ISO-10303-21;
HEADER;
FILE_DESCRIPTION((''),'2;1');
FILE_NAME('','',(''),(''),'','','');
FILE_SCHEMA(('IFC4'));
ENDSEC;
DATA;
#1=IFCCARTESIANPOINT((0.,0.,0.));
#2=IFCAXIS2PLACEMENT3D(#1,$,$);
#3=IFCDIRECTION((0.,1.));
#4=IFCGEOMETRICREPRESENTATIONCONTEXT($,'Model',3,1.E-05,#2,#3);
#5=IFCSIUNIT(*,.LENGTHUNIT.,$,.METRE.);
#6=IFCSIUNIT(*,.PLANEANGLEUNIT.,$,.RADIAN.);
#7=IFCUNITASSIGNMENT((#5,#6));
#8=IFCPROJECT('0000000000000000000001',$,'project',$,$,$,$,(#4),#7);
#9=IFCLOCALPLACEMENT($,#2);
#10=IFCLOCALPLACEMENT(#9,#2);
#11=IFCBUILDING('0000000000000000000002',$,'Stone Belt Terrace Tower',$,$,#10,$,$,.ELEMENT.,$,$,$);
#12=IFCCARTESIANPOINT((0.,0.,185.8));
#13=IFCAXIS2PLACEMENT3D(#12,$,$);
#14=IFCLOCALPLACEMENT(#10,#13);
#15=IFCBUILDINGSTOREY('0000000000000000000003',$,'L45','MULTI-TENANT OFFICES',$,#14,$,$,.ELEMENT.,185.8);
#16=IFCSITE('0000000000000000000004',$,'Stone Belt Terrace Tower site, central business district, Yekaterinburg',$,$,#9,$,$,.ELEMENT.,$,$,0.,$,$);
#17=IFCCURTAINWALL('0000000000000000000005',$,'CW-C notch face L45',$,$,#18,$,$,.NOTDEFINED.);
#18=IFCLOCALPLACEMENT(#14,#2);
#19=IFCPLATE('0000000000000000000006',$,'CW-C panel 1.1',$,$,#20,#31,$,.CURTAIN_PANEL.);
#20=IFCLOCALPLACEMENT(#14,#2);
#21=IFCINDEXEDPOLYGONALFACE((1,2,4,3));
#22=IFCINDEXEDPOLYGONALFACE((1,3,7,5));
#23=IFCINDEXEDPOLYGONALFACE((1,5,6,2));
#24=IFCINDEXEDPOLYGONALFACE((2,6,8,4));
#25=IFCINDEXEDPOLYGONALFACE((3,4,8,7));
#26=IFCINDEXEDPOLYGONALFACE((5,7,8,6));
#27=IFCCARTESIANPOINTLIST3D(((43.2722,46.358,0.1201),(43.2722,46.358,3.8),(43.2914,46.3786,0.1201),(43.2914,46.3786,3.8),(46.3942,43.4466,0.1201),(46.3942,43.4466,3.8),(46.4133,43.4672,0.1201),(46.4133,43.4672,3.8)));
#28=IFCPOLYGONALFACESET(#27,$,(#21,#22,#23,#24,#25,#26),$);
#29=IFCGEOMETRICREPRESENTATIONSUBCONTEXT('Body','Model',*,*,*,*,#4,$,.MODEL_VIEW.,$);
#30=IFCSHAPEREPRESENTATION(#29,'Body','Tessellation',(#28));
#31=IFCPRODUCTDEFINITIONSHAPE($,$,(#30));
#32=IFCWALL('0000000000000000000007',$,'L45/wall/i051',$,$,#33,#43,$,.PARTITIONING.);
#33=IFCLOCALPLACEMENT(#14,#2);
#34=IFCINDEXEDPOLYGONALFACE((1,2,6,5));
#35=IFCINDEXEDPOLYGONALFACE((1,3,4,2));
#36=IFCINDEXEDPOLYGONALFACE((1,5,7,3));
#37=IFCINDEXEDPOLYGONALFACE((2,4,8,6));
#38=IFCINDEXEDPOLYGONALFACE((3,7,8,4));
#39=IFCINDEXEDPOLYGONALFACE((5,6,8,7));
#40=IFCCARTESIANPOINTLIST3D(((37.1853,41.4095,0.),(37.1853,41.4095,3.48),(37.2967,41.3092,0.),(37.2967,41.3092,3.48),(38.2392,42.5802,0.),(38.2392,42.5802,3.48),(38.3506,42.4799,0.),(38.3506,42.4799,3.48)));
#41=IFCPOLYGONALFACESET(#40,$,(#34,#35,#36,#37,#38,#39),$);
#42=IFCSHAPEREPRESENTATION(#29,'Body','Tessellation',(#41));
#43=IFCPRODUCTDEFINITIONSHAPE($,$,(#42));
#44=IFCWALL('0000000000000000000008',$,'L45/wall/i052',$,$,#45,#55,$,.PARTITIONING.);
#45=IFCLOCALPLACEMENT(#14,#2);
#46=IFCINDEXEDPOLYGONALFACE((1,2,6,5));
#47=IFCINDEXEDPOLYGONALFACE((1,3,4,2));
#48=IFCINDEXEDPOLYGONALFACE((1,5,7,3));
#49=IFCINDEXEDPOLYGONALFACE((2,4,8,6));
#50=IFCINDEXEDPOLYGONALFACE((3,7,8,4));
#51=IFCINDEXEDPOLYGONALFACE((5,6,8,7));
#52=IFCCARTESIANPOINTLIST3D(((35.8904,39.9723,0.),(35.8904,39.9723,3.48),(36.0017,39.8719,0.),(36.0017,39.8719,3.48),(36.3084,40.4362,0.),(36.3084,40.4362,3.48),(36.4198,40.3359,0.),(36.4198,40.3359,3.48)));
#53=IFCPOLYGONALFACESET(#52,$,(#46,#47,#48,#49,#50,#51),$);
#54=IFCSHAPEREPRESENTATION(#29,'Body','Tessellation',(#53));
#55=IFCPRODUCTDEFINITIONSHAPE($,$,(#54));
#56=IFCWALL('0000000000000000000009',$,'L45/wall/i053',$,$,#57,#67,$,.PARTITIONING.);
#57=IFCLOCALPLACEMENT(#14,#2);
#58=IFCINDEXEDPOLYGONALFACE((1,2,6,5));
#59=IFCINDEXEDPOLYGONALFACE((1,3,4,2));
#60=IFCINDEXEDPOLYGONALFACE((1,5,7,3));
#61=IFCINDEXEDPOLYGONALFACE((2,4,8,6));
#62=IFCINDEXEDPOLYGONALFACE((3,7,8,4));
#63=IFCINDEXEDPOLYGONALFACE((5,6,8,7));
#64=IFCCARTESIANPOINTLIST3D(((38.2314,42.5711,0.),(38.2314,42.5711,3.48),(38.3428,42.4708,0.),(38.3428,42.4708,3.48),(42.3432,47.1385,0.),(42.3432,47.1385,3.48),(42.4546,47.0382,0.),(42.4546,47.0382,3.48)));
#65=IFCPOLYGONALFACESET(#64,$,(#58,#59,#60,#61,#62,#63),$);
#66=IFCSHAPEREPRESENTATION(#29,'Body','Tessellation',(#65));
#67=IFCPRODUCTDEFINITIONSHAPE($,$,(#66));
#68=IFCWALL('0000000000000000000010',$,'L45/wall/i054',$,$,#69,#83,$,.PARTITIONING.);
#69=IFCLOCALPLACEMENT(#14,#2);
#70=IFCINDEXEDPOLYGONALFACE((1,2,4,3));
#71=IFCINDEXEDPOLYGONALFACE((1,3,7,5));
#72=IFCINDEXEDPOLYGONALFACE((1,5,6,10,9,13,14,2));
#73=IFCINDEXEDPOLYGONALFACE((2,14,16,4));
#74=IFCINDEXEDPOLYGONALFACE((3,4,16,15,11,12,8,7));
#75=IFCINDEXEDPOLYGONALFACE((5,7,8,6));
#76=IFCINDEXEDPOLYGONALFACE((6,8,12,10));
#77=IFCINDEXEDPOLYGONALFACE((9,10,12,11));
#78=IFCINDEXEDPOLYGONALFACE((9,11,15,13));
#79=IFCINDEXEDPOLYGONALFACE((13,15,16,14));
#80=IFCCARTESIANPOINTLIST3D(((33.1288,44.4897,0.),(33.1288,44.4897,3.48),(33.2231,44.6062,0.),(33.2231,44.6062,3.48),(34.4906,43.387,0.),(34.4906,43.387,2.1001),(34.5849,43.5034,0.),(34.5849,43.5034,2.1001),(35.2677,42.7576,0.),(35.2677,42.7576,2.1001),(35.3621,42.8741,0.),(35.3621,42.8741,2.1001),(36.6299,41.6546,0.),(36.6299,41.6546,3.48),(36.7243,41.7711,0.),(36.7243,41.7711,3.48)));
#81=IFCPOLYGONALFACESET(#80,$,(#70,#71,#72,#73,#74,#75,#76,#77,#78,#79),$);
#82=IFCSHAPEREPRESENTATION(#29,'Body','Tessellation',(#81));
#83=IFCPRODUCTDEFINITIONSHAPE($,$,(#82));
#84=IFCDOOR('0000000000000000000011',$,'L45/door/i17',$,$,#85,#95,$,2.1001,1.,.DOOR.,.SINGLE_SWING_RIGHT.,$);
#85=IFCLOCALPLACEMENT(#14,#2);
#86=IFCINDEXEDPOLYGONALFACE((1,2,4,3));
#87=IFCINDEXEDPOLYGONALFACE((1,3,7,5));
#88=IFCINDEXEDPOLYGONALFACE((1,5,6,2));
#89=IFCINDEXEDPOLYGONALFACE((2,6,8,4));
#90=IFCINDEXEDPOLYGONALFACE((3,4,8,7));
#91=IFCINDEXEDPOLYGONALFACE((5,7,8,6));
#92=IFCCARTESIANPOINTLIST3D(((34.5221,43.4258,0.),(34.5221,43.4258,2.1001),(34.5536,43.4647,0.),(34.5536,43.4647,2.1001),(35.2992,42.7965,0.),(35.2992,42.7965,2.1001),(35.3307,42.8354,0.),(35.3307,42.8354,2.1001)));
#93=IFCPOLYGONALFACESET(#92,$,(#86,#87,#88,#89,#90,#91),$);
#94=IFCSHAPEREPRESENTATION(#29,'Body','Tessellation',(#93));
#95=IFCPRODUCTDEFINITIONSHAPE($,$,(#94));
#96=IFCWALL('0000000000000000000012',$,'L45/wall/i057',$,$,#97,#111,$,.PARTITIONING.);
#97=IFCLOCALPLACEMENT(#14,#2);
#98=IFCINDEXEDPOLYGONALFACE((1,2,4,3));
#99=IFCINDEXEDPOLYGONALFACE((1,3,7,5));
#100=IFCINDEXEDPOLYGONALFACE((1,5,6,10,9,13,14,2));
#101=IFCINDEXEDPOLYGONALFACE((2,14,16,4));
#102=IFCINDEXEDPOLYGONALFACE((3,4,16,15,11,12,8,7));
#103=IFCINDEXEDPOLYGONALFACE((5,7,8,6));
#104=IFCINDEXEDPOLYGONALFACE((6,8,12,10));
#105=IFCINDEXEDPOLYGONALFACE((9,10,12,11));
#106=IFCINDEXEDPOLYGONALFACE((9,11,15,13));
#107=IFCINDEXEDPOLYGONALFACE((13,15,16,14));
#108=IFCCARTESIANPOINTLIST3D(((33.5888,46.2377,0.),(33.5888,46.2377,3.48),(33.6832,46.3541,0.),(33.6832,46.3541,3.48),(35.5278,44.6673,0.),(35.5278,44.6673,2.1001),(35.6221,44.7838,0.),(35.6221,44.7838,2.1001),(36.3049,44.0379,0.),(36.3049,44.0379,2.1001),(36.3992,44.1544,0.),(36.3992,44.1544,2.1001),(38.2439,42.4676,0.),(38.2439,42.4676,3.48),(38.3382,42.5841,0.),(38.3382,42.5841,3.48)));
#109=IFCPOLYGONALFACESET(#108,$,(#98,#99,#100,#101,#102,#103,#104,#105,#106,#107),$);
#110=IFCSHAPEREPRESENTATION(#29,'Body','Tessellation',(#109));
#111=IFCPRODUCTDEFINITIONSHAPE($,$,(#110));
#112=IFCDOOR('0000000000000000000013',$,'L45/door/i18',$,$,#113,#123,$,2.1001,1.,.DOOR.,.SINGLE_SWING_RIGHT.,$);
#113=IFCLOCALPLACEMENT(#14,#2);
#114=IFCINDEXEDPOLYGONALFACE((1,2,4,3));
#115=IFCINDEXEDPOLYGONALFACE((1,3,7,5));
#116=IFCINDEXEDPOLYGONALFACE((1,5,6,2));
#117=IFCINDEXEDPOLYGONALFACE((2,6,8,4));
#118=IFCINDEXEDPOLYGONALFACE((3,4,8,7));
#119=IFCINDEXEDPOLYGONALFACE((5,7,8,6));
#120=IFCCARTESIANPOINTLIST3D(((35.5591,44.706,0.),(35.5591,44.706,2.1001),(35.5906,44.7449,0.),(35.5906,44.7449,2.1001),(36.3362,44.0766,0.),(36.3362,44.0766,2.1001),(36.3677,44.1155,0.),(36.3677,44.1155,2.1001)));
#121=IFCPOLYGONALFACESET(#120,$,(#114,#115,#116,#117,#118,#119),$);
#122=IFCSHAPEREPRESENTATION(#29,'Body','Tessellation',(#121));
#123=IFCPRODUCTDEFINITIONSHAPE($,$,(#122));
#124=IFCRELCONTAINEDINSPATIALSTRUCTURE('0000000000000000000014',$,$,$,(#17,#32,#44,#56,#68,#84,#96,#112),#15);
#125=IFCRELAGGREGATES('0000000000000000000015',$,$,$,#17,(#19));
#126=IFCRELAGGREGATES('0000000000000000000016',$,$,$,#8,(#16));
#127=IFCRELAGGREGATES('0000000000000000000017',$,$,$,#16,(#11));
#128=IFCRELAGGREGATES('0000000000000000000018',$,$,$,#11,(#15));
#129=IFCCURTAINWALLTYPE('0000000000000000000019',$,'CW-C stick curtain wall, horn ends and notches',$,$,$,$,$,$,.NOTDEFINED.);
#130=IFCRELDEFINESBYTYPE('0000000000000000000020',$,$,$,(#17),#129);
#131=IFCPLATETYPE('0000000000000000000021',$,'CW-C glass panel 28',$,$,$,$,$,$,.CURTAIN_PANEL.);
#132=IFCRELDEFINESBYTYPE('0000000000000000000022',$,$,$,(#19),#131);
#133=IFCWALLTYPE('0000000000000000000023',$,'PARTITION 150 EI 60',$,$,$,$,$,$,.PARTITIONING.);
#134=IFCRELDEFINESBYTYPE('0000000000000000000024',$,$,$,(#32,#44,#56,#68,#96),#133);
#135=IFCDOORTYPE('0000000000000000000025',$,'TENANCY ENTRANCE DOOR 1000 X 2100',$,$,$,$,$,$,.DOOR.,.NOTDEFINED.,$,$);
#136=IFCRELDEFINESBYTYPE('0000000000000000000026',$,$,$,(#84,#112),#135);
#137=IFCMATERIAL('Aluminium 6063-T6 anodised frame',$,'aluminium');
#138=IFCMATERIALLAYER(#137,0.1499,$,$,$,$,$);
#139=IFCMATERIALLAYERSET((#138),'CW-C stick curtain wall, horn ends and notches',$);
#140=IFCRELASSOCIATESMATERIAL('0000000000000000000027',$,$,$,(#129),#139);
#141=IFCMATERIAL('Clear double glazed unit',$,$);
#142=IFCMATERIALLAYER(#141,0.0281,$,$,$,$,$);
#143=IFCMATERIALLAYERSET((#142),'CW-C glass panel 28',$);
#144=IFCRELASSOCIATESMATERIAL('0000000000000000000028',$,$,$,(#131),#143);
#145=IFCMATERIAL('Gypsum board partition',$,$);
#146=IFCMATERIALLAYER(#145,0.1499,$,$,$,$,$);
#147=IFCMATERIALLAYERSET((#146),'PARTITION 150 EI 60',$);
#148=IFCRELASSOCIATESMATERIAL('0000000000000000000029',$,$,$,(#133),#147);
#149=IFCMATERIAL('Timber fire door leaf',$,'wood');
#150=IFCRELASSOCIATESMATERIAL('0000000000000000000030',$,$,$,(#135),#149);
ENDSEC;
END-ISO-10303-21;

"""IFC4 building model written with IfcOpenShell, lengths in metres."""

from ifc_helpers import new_model, si_unit, direction, frame, frame_2d, origin, origin_2d, place, context, subcontext, project, spatial, rectangle, extrude, material, layer, layer_set, type_object, element, fill, aggregate, save


model = new_model("IFC4")

# Units and contexts
model_context = context("Model", 3, precision=1e-05, world=origin(), true_north=direction((0.0, 1.0)))
body_context = subcontext(model_context, "Body", "Model", "MODEL_VIEW")
ifc_project = project(units=[si_unit("LENGTHUNIT", "METRE"), si_unit("PLANEANGLEUNIT", "RADIAN")], contexts=[model_context])

# Site, building, storey
site_placement = place(None, origin())
site = spatial("IfcSite", under=ifc_project, at=site_placement, Name="Stone Belt Terrace Tower site, central business district, Yekaterinburg", CompositionType="ELEMENT", RefElevation=0.0)
building_placement = place(site_placement, origin())
building = spatial("IfcBuilding", under=site, at=building_placement, Name="Stone Belt Terrace Tower", CompositionType="ELEMENT")
storey_placement = place(building_placement, frame((0.0, 0.0, 185.8)))
storey = spatial("IfcBuildingStorey", under=building, at=storey_placement, Name="L45", Description="MULTI-TENANT OFFICES", CompositionType="ELEMENT", Elevation=185.8)

# Curtain wall
ifc_material_1 = material(Name="Aluminium 6063-T6 anodised frame", Category="aluminium")
ifc_layer_1 = layer(ifc_material_1, 0.1499)
ifc_layer_set_1 = layer_set([ifc_layer_1], Name="CW-C stick curtain wall, horn ends and notches")
curtain_wall_type = type_object("IfcCurtainWallType", Name="CW-C stick curtain wall, horn ends and notches", PredefinedType="NOTDEFINED", material=ifc_layer_set_1)
curtain_wall_1_placement = place(storey_placement, origin())
curtain_wall_1 = element("IfcCurtainWall", 1, at=curtain_wall_1_placement, inside=storey, type_object=curtain_wall_type, Name="CW-C notch face L45", PredefinedType="NOTDEFINED")

# Plate
ifc_material_2 = material(Name="Clear double glazed unit")
ifc_layer_2 = layer(ifc_material_2, 0.0281)
ifc_layer_set_2 = layer_set([ifc_layer_2], Name="CW-C glass panel 28")
plate_type = type_object("IfcPlateType", Name="CW-C glass panel 28", PredefinedType="CURTAIN_PANEL", material=ifc_layer_set_2)
plate_1_placement = place(storey_placement, frame((44.8428, 44.9126, 0.1201), z_axis=(0.0, 0.0, 1.0), x_axis=(-0.731339, 0.682014, 0.0)))
plate_1 = element("IfcPlate", 2, at=plate_1_placement, type_object=plate_type, Name="CW-C panel 1.1", PredefinedType="CURTAIN_PANEL", context=body_context, shape_type="SweptSolid", body=[
    extrude(rectangle(XDim=4.2688, YDim=0.0281, at=origin_2d()), origin(), (0.0, 0.0, 1.0), 3.6799),
])
aggregate(curtain_wall_1, [plate_1])

# Walls
ifc_material_3 = material(Name="Gypsum board partition")
ifc_layer_3 = layer(ifc_material_3, 0.1499)
ifc_layer_set_3 = layer_set([ifc_layer_3], Name="PARTITION 150 EI 60")
wall_type = type_object("IfcWallType", Name="PARTITION 150 EI 60", PredefinedType="PARTITIONING", material=ifc_layer_set_3)
wall_1_placement = place(storey_placement, frame((37.241, 41.3594, 0.0), z_axis=(0.0, 0.0, 1.0), x_axis=(0.669093, 0.743179, 0.0)))
element("IfcWall", 3, at=wall_1_placement, inside=storey, type_object=wall_type, Name="L45/wall/i051", PredefinedType="PARTITIONING", context=body_context, shape_type="SweptSolid", body=[
    extrude(rectangle(XDim=1.5752, YDim=0.1499, at=frame_2d((0.7876, 0.0))), origin(), (0.0, 0.0, 1.0), 3.48),
])
wall_2_placement = place(storey_placement, frame((35.946, 39.9221, 0.0), z_axis=(0.0, 0.0, 1.0), x_axis=(0.669397, 0.742905, 0.0)))
element("IfcWall", 4, at=wall_2_placement, inside=storey, type_object=wall_type, Name="L45/wall/i052", PredefinedType="PARTITIONING", context=body_context, shape_type="SweptSolid", body=[
    extrude(rectangle(XDim=0.6245, YDim=0.1499, at=frame_2d((0.3123, 0.0))), origin(), (0.0, 0.0, 1.0), 3.48),
])
wall_3_placement = place(storey_placement, frame((38.2871, 42.521, 0.0), z_axis=(0.0, 0.0, 1.0), x_axis=(0.66907, 0.743199, 0.0)))
element("IfcWall", 5, at=wall_3_placement, inside=storey, type_object=wall_type, Name="L45/wall/i053", PredefinedType="PARTITIONING", context=body_context, shape_type="SweptSolid", body=[
    extrude(rectangle(XDim=6.1455, YDim=0.1499, at=frame_2d((3.0728, 0.0))), origin(), (0.0, 0.0, 1.0), 3.48),
])

# Walls, openings, doors
wall_4_placement = place(storey_placement, frame((36.677, 41.7129, 0.0), z_axis=(0.0, 0.0, 1.0), x_axis=(-0.777149, 0.629317, 0.0)))
wall_4 = element("IfcWall", 6, at=wall_4_placement, inside=storey, type_object=wall_type, Name="L45/wall/i054", PredefinedType="PARTITIONING", context=body_context, shape_type="SweptSolid", body=[
    extrude(rectangle(XDim=4.5051, YDim=0.1499, at=frame_2d((2.2524, 0.0))), origin(), (0.0, 0.0, 1.0), 3.48),
])
opening_1_placement = place(wall_4_placement, frame((1.7527, 0.0, 0.0)))
opening_1 = element("IfcOpeningElement", 7, at=opening_1_placement, cuts=wall_4, PredefinedType="OPENING", context=body_context, shape_type="SweptSolid", body=[
    extrude(rectangle(XDim=1.0, YDim=2.1001, at=frame_2d((0.5, 1.05))), frame((0.0, 0.085, 0.0), z_axis=(0.0, -1.0, 0.0), x_axis=(1.0, 0.0, 0.0)), (0.0, 0.0, 1.0), 0.1699),
])
ifc_material_4 = material(Name="Timber fire door leaf", Category="wood")
door_type = type_object("IfcDoorType", Name="TENANCY ENTRANCE DOOR 1000 X 2100", OperationType="NOTDEFINED", PredefinedType="DOOR", material=ifc_material_4)
door_1_placement = place(opening_1_placement, origin())
door_1 = element("IfcDoor", 8, at=door_1_placement, inside=storey, type_object=door_type, Name="L45/door/i17", OperationType="SINGLE_SWING_RIGHT", OverallHeight=2.1001, OverallWidth=1.0, PredefinedType="DOOR", context=body_context, shape_type="SweptSolid", body=[
    extrude(rectangle(XDim=1.0, YDim=2.1001, at=frame_2d((0.5, 1.05))), frame((0.0, 0.0249, 0.0), z_axis=(0.0, -1.0, 0.0), x_axis=(1.0, 0.0, 0.0)), (0.0, 0.0, 1.0), 0.05),
])
fill(opening_1, door_1)
wall_5_placement = place(storey_placement, frame((33.636, 46.2959, 0.0), z_axis=(0.0, 0.0, 1.0), x_axis=(0.777109, -0.629366, 0.0)))
wall_5 = element("IfcWall", 9, at=wall_5_placement, inside=storey, type_object=wall_type, Name="L45/wall/i057", PredefinedType="PARTITIONING", context=body_context, shape_type="SweptSolid", body=[
    extrude(rectangle(XDim=5.9902, YDim=0.1499, at=frame_2d((2.9951, 0.0))), origin(), (0.0, 0.0, 1.0), 3.48),
])
opening_2_placement = place(wall_5_placement, frame((2.4951, 0.0, 0.0)))
opening_2 = element("IfcOpeningElement", 10, at=opening_2_placement, cuts=wall_5, PredefinedType="OPENING", context=body_context, shape_type="SweptSolid", body=[
    extrude(rectangle(XDim=1.0, YDim=2.1001, at=frame_2d((0.5, 1.05))), frame((0.0, 0.085, 0.0), z_axis=(0.0, -1.0, 0.0), x_axis=(1.0, 0.0, 0.0)), (0.0, 0.0, 1.0), 0.1699),
])
door_2_placement = place(opening_2_placement, origin())
door_2 = element("IfcDoor", 11, at=door_2_placement, inside=storey, type_object=door_type, Name="L45/door/i18", OperationType="SINGLE_SWING_RIGHT", OverallHeight=2.1001, OverallWidth=1.0, PredefinedType="DOOR", context=body_context, shape_type="SweptSolid", body=[
    extrude(rectangle(XDim=1.0, YDim=2.1001, at=frame_2d((0.5, 1.05))), frame((0.0, 0.0249, 0.0), z_axis=(0.0, -1.0, 0.0), x_axis=(1.0, 0.0, 0.0)), (0.0, 0.0, 1.0), 0.05),
])
fill(opening_2, door_2)

save(model, "model.ifc")
